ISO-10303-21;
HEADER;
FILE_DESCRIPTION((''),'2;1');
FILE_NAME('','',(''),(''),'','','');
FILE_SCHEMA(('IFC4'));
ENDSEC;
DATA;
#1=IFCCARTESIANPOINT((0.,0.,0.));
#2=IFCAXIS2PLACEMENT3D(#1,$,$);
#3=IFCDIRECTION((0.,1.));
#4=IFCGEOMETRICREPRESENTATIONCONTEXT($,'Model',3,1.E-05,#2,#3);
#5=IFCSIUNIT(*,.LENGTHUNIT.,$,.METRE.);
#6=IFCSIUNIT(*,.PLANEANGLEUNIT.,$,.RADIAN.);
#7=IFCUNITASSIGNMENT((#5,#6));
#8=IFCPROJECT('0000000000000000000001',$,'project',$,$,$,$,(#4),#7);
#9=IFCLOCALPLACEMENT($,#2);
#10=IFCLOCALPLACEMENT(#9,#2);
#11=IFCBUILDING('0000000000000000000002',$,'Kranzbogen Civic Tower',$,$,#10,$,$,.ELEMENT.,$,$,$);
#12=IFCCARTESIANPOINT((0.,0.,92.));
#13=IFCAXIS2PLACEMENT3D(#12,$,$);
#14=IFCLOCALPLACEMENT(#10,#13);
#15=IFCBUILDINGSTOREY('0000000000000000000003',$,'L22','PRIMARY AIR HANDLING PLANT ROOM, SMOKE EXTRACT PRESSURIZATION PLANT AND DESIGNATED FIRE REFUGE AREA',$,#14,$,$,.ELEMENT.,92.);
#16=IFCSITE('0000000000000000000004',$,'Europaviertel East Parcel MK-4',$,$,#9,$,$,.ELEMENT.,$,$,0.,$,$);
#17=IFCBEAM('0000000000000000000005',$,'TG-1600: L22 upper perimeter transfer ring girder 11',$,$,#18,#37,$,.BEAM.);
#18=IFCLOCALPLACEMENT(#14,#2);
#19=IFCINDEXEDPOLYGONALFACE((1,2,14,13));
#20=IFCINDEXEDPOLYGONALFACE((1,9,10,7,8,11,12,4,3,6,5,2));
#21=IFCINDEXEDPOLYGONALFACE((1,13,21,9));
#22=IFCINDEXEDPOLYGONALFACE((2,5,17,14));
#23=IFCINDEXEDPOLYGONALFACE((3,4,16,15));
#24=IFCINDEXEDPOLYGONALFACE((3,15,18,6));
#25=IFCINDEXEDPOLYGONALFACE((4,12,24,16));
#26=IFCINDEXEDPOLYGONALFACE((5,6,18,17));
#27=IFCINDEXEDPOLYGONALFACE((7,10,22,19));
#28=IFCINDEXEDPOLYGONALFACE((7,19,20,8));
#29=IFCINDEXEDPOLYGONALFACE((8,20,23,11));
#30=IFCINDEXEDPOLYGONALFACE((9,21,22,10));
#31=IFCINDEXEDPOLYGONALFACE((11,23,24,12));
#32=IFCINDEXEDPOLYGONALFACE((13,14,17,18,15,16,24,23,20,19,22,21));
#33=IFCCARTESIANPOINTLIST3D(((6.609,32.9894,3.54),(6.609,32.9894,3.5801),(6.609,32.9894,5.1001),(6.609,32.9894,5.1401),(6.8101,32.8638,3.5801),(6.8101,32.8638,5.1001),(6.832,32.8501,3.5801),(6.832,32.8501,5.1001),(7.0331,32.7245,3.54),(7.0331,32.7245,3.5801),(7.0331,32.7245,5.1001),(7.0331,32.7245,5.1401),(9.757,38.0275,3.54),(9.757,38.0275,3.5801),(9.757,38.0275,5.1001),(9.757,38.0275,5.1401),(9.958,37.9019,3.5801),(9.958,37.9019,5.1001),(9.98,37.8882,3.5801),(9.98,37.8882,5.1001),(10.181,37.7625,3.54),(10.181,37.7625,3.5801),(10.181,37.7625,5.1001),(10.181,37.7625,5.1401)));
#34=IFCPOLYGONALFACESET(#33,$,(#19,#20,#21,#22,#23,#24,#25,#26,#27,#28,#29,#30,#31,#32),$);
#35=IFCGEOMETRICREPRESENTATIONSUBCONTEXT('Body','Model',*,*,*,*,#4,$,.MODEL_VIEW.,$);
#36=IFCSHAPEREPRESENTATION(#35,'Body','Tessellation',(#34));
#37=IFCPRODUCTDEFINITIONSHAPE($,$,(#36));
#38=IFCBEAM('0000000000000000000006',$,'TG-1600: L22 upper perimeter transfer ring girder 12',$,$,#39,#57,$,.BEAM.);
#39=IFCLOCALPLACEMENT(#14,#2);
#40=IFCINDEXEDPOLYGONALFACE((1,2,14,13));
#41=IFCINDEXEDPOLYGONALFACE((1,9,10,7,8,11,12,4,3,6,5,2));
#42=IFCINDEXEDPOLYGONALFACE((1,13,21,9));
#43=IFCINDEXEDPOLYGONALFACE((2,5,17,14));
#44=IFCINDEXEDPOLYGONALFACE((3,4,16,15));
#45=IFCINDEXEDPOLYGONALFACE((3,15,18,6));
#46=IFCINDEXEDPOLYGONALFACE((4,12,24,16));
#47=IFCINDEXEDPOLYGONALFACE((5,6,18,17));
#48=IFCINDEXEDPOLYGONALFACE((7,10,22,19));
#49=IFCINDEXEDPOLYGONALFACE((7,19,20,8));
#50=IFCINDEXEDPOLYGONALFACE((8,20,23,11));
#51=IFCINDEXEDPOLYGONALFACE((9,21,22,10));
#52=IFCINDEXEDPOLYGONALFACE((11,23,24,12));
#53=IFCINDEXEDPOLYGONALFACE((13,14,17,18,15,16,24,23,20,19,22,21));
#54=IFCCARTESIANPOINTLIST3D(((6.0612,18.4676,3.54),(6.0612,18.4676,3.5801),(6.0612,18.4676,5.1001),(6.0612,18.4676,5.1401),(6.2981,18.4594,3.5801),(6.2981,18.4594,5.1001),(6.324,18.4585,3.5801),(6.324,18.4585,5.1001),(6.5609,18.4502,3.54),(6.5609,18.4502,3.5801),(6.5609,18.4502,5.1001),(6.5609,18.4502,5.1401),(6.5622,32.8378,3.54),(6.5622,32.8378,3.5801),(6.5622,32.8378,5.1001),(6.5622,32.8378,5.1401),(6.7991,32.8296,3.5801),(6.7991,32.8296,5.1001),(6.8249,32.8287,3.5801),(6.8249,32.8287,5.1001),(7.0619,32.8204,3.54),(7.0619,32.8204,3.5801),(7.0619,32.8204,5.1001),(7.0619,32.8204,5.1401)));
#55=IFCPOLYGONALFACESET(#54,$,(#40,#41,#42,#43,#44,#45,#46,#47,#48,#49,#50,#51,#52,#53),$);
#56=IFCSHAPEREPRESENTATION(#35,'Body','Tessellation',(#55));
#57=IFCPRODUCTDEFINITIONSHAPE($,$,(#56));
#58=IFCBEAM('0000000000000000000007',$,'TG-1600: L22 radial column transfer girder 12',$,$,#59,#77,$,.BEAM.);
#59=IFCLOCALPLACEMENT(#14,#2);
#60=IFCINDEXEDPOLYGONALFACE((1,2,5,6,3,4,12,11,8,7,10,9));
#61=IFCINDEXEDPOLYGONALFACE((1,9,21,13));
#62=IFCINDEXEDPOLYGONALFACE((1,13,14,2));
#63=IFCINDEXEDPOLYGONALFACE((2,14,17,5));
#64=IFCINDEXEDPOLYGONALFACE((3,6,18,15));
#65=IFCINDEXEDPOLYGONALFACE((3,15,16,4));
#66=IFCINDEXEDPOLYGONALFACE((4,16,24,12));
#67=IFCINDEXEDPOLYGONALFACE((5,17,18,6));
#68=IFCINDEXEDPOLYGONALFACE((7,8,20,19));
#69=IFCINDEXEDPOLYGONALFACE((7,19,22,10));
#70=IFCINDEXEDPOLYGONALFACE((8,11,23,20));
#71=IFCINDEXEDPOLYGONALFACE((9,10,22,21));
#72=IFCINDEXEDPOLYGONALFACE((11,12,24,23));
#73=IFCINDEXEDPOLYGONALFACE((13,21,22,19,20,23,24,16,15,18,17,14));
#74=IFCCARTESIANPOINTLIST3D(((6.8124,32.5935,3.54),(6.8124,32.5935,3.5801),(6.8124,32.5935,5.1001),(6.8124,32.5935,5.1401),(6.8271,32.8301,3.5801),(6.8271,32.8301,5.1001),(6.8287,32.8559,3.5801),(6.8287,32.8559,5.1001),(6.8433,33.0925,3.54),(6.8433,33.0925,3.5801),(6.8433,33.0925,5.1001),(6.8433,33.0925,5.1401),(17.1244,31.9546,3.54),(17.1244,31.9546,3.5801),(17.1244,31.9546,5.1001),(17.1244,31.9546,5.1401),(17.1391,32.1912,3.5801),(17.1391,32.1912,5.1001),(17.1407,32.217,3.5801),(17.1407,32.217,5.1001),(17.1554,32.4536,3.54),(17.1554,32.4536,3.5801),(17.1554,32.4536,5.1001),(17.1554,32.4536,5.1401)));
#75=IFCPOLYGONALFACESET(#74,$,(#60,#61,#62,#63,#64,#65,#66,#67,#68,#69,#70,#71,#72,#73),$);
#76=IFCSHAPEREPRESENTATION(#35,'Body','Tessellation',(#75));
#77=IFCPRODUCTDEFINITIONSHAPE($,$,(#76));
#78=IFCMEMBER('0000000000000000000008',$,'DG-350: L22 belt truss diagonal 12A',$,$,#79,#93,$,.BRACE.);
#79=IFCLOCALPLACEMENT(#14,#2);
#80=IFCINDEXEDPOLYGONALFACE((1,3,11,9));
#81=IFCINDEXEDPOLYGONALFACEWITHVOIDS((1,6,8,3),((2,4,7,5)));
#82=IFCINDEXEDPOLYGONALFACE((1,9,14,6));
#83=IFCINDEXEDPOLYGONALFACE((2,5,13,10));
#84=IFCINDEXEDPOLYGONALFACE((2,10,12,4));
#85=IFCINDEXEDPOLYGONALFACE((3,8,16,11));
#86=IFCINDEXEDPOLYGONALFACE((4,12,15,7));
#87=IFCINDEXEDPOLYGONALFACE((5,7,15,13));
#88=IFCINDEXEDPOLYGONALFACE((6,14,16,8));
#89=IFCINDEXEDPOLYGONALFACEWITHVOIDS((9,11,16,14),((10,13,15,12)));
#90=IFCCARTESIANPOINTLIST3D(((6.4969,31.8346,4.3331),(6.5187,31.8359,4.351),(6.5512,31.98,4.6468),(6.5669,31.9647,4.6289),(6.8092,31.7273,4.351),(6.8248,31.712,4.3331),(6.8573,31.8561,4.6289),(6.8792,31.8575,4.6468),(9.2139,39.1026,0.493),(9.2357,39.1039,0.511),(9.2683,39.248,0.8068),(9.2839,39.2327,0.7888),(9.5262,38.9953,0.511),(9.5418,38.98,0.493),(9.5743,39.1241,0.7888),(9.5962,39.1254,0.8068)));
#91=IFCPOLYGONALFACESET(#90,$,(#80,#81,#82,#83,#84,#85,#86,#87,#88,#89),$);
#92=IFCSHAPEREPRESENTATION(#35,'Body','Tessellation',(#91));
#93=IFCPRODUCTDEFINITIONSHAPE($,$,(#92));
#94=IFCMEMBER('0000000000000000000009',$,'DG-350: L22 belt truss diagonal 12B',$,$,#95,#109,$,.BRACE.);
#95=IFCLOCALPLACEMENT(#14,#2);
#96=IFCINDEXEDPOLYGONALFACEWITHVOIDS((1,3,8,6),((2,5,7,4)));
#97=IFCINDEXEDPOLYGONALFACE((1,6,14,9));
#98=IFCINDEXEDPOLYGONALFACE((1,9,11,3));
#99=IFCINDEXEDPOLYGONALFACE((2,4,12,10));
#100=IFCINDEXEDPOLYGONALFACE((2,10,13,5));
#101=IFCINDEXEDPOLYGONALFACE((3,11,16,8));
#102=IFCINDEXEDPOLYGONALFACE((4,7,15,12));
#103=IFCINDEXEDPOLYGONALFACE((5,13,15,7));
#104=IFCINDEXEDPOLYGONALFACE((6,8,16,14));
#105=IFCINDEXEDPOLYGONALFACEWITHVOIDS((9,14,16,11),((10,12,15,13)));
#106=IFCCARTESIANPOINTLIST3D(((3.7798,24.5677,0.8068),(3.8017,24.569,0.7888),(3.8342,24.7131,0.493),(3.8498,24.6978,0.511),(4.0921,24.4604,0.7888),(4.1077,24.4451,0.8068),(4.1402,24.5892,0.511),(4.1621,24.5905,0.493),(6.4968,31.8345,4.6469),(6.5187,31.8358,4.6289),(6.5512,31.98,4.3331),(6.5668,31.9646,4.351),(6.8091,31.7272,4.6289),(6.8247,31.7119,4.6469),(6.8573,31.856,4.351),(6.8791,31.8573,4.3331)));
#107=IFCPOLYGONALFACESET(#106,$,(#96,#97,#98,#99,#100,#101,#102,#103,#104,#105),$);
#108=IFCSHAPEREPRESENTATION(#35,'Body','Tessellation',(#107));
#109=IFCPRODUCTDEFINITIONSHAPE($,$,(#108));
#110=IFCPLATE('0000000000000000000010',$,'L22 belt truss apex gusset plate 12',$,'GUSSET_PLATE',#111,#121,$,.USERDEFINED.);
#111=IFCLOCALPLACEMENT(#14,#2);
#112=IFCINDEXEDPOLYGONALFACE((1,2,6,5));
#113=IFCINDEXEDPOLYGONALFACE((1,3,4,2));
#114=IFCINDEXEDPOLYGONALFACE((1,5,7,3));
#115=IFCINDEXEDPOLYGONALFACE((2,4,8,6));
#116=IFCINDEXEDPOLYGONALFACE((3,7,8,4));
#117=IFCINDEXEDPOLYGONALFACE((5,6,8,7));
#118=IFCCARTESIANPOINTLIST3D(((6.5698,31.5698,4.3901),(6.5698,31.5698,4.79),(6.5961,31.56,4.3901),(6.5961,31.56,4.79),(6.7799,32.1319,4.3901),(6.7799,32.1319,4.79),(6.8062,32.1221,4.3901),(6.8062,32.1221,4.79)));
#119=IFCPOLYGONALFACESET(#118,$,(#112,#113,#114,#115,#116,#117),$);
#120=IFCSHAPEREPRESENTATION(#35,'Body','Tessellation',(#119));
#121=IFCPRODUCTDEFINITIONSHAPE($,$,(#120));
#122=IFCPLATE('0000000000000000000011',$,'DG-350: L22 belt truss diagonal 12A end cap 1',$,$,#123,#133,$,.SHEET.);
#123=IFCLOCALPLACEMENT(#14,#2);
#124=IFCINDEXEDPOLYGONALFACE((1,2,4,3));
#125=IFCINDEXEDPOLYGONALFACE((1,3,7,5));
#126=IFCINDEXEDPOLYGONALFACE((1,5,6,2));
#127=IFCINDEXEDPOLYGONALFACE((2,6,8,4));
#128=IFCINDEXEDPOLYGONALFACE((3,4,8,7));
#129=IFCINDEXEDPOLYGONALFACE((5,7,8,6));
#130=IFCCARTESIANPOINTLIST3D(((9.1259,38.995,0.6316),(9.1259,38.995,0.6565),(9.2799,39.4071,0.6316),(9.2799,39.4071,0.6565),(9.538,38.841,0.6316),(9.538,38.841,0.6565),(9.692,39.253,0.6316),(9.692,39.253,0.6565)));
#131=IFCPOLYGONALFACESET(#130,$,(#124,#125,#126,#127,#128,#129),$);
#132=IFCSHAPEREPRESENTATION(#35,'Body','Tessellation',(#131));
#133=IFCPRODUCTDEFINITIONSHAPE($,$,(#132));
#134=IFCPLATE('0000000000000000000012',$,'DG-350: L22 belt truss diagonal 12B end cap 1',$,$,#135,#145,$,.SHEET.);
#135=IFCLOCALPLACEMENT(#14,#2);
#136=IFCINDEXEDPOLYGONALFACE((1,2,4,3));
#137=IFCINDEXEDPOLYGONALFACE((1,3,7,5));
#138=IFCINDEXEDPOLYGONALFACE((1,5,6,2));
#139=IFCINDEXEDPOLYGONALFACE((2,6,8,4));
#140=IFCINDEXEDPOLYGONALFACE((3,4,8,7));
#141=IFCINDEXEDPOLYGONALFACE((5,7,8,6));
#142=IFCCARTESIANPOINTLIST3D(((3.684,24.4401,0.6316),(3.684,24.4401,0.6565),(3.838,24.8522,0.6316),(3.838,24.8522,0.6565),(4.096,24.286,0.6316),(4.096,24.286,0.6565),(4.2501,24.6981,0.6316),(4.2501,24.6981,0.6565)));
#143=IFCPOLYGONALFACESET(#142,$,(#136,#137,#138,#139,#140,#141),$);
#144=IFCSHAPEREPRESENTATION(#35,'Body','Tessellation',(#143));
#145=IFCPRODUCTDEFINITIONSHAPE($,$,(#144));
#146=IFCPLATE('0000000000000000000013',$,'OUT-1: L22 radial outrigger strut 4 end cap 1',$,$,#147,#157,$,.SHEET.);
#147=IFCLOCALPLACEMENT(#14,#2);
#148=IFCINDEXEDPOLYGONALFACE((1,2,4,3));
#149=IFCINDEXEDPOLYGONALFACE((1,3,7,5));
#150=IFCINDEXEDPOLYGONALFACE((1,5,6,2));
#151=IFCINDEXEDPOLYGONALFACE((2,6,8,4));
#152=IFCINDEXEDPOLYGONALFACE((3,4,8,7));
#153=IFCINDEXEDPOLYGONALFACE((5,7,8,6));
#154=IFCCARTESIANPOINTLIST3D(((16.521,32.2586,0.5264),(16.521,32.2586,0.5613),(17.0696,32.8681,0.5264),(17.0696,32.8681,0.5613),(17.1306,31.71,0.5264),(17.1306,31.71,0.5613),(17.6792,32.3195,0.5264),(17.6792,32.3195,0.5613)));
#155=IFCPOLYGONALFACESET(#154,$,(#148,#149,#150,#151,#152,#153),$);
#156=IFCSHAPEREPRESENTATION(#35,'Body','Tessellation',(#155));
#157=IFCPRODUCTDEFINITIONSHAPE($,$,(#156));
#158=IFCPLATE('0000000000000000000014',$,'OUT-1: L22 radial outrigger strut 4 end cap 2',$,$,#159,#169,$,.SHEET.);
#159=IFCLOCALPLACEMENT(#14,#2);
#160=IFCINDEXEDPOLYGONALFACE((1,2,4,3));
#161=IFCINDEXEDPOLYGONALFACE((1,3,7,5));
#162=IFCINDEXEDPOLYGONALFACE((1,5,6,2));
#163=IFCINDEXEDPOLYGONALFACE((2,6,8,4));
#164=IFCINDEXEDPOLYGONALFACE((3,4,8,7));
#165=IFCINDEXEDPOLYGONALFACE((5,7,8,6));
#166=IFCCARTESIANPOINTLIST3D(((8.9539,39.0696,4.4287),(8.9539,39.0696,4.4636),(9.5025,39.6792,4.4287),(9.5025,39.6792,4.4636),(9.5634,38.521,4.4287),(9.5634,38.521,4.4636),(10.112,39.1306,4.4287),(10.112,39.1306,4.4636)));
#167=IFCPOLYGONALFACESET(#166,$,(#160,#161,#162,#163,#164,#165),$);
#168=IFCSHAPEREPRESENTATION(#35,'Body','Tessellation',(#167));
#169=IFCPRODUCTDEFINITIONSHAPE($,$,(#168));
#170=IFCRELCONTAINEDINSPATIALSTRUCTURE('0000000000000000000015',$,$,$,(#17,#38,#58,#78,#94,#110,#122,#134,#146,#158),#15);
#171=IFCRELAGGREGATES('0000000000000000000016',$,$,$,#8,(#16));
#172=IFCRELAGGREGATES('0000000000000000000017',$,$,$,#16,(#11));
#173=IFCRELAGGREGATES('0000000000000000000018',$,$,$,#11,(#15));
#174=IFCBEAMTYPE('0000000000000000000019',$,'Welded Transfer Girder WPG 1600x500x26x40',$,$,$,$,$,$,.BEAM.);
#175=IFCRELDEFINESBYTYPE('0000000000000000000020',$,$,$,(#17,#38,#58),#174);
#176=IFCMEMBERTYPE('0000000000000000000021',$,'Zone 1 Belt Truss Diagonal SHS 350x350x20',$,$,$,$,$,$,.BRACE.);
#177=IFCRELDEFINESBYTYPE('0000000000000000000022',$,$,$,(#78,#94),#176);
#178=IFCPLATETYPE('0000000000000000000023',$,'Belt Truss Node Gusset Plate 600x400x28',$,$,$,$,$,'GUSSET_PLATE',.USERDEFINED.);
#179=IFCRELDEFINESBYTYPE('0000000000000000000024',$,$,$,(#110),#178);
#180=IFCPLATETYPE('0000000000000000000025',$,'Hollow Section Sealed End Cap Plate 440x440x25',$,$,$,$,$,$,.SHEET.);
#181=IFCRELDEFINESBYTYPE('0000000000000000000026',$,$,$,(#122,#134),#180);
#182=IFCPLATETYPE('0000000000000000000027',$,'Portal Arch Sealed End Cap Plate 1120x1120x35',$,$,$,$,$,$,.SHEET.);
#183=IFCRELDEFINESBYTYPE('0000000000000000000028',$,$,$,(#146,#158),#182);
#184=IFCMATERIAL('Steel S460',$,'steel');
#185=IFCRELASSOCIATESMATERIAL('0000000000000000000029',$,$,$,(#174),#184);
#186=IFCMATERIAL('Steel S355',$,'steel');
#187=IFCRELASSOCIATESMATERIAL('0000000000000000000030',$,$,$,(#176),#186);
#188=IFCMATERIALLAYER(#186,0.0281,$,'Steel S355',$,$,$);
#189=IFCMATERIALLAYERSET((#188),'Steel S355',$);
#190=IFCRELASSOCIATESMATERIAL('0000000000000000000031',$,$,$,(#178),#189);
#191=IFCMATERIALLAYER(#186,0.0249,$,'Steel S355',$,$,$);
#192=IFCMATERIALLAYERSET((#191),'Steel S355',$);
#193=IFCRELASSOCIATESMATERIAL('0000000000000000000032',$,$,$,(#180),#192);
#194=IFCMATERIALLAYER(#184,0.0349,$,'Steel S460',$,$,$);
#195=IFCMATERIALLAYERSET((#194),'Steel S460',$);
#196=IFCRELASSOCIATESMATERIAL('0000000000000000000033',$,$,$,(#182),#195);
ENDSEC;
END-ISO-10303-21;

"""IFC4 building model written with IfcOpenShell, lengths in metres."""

from ifc_helpers import new_model, si_unit, direction, frame, origin, origin_2d, place, context, subcontext, project, spatial, rectangle, hollow_rectangle, i_section, extrude, material, layer, layer_set, material_profile, profile_set, type_object, element, save


model = new_model("IFC4")

# Units and contexts
model_context = context("Model", 3, precision=1e-05, world=origin(), true_north=direction((0.0, 1.0)))
body_context = subcontext(model_context, "Body", "Model", "MODEL_VIEW")
ifc_project = project(units=[si_unit("LENGTHUNIT", "METRE"), si_unit("PLANEANGLEUNIT", "RADIAN")], contexts=[model_context])

# Site, building, storey
site_placement = place(None, origin())
site = spatial("IfcSite", under=ifc_project, at=site_placement, Name="Europaviertel East Parcel MK-4", CompositionType="ELEMENT", RefElevation=0.0)
building_placement = place(site_placement, origin())
building = spatial("IfcBuilding", under=site, at=building_placement, Name="Kranzbogen Civic Tower", CompositionType="ELEMENT")
storey_placement = place(building_placement, frame((0.0, 0.0, 92.0)))
storey = spatial("IfcBuildingStorey", under=building, at=storey_placement, Name="L22", Description="PRIMARY AIR HANDLING PLANT ROOM, SMOKE EXTRACT PRESSURIZATION PLANT AND DESIGNATED FIRE REFUGE AREA", CompositionType="ELEMENT", Elevation=92.0)

# Shared definitions
ifc_material_1 = material(Name="Steel S355", Category="steel")
ifc_material_2 = material(Name="Steel S460", Category="steel")

# Beams
ifc_material_profile_1 = material_profile(ifc_material_2, i_section(OverallWidth=0.5, OverallDepth=1.6001, WebThickness=0.0259, FlangeThickness=0.04, at=origin_2d()), Name="WPG 1600x500x26x40")
ifc_profile_set_1 = profile_set([ifc_material_profile_1], Name="Steel S460")
beam_type = type_object("IfcBeamType", Name="Welded Transfer Girder WPG 1600x500x26x40", PredefinedType="BEAM", material=ifc_profile_set_1)
beam_1_placement = place(storey_placement, frame((9.969, 37.895, 4.3401), z_axis=(-0.529896, -0.848063, 0.0), x_axis=(0.848063, -0.529896, 0.0)))
element("IfcBeam", 1, at=beam_1_placement, inside=storey, type_object=beam_type, Name="TG-1600: L22 upper perimeter transfer ring girder 11", PredefinedType="BEAM", context=body_context, shape_type="SweptSolid", body=[
    extrude(i_section(OverallWidth=0.5, OverallDepth=1.6001, WebThickness=0.0259, FlangeThickness=0.04, at=origin_2d()), origin(), (0.0, 0.0, 1.0), 5.9407),
])
beam_2_placement = place(storey_placement, frame((6.812, 32.8291, 4.3401), z_axis=(-0.034841, -0.999393, 0.0), x_axis=(0.999393, -0.034841, 0.0)))
element("IfcBeam", 2, at=beam_2_placement, inside=storey, type_object=beam_type, Name="TG-1600: L22 upper perimeter transfer ring girder 12", PredefinedType="BEAM", context=body_context, shape_type="SweptSolid", body=[
    extrude(i_section(OverallWidth=0.5, OverallDepth=1.6001, WebThickness=0.0259, FlangeThickness=0.04, at=origin_2d()), origin(), (0.0, 0.0, 1.0), 14.3789),
])
beam_3_placement = place(storey_placement, frame((17.1399, 32.2041, 4.3401), z_axis=(-0.998086, 0.06184, 0.0), x_axis=(-0.06184, -0.998086, 0.0)))
element("IfcBeam", 3, at=beam_3_placement, inside=storey, type_object=beam_type, Name="TG-1600: L22 radial column transfer girder 12", PredefinedType="BEAM", context=body_context, shape_type="SweptSolid", body=[
    extrude(i_section(OverallWidth=0.5, OverallDepth=1.6001, WebThickness=0.0259, FlangeThickness=0.04, at=origin_2d()), origin(), (0.0, 0.0, 1.0), 10.3318),
])

# Members
ifc_material_profile_2 = material_profile(ifc_material_1, hollow_rectangle(XDim=0.3501, YDim=0.3501, WallThickness=0.02, at=origin_2d()), Name="SHS 350x350x20")
ifc_profile_set_2 = profile_set([ifc_material_profile_2], Name="Steel S355")
member_type_1 = type_object("IfcMemberType", Name="Zone 1 Belt Truss Diagonal SHS 350x350x20", PredefinedType="BRACE", material=ifc_profile_set_2)
member_1_placement = place(storey_placement, frame((9.405, 39.114, 0.6499), z_axis=(-0.313834, -0.839505, 0.443553), x_axis=(0.936688, -0.350165, 0.0)))
element("IfcMember", 4, at=member_1_placement, inside=storey, type_object=member_type_1, Name="DG-350: L22 belt truss diagonal 12A", PredefinedType="BRACE", context=body_context, shape_type="SweptSolid", body=[
    extrude(hollow_rectangle(XDim=0.3501, YDim=0.3501, WallThickness=0.02, at=origin_2d()), origin(), (0.0, 0.0, 1.0), 8.6575),
])
member_2_placement = place(storey_placement, frame((3.9709, 24.5791, 0.6499), z_axis=(0.313872, 0.839463, 0.443606), x_axis=(-0.936669, 0.350216, 0.0)))
element("IfcMember", 5, at=member_2_placement, inside=storey, type_object=member_type_1, Name="DG-350: L22 belt truss diagonal 12B", PredefinedType="BRACE", context=body_context, shape_type="SweptSolid", body=[
    extrude(hollow_rectangle(XDim=0.3501, YDim=0.3501, WallThickness=0.02, at=origin_2d()), origin(), (0.0, 0.0, 1.0), 8.6565),
])

# Plates
ifc_layer_1 = layer(ifc_material_1, 0.0281, Name="Steel S355")
ifc_layer_set_1 = layer_set([ifc_layer_1], Name="Steel S355")
plate_type_1 = type_object("IfcPlateType", Name="Belt Truss Node Gusset Plate 600x400x28", ElementType="GUSSET_PLATE", PredefinedType="USERDEFINED", material=ifc_layer_set_1)
plate_placement = place(storey_placement, frame((6.688, 31.8459, 4.3901), z_axis=(0.0, 0.0, 1.0), x_axis=(-0.350175, -0.936684, 0.0)))
element("IfcPlate", 6, at=plate_placement, inside=storey, type_object=plate_type_1, Name="L22 belt truss apex gusset plate 12", ObjectType="GUSSET_PLATE", PredefinedType="USERDEFINED", context=body_context, shape_type="SweptSolid", body=[
    extrude(rectangle(XDim=0.6001, YDim=0.0281, at=origin_2d()), origin(), (0.0, 0.0, 1.0), 0.3999),
])
ifc_layer_2 = layer(ifc_material_1, 0.0249, Name="Steel S355")
ifc_layer_set_2 = layer_set([ifc_layer_2], Name="Steel S355")
plate_type_2 = type_object("IfcPlateType", Name="Hollow Section Sealed End Cap Plate 440x440x25", PredefinedType="SHEET", material=ifc_layer_set_2)
for number, where, z_axis, x_axis, name in (
    (7, (9.4089, 39.124, 0.6316), (0.0, 0.0, 1.0), (-0.350158, -0.936691, 0.0), "DG-350: L22 belt truss diagonal 12A end cap 1"),
    (8, (3.967, 24.5691, 0.6316), (0.0, 0.0, 1.0), (0.350207, 0.936672, 0.0), "DG-350: L22 belt truss diagonal 12B end cap 1"),
):
    element("IfcPlate", number, at=place(storey_placement, frame(where, z_axis=z_axis, x_axis=x_axis)), inside=storey, type_object=plate_type_2, Name=name, PredefinedType="SHEET", context=body_context, shape_type="SweptSolid", body=[
        extrude(rectangle(XDim=0.4399, YDim=0.4399, at=origin_2d()), origin(), (0.0, 0.0, 1.0), 0.0249),
    ])
ifc_layer_3 = layer(ifc_material_2, 0.0349, Name="Steel S460")
ifc_layer_set_3 = layer_set([ifc_layer_3], Name="Steel S460")
plate_type_3 = type_object("IfcPlateType", Name="Portal Arch Sealed End Cap Plate 1120x1120x35", PredefinedType="SHEET", material=ifc_layer_set_3)
for number, where, z_axis, x_axis, name in (
    (9, (17.1001, 32.2891, 0.5264), (0.0, 0.0, 1.0), (-0.743285, 0.668975, 0.0), "OUT-1: L22 radial outrigger strut 4 end cap 1"),
    (10, (9.533, 39.1001, 4.4287), (0.0, 0.0, 1.0), (-0.743285, 0.668975, 0.0), "OUT-1: L22 radial outrigger strut 4 end cap 2"),
):
    element("IfcPlate", number, at=place(storey_placement, frame(where, z_axis=z_axis, x_axis=x_axis)), inside=storey, type_object=plate_type_3, Name=name, PredefinedType="SHEET", context=body_context, shape_type="SweptSolid", body=[
        extrude(rectangle(XDim=0.8201, YDim=0.8201, at=origin_2d()), origin(), (0.0, 0.0, 1.0), 0.0349),
    ])

save(model, "model.ifc")
